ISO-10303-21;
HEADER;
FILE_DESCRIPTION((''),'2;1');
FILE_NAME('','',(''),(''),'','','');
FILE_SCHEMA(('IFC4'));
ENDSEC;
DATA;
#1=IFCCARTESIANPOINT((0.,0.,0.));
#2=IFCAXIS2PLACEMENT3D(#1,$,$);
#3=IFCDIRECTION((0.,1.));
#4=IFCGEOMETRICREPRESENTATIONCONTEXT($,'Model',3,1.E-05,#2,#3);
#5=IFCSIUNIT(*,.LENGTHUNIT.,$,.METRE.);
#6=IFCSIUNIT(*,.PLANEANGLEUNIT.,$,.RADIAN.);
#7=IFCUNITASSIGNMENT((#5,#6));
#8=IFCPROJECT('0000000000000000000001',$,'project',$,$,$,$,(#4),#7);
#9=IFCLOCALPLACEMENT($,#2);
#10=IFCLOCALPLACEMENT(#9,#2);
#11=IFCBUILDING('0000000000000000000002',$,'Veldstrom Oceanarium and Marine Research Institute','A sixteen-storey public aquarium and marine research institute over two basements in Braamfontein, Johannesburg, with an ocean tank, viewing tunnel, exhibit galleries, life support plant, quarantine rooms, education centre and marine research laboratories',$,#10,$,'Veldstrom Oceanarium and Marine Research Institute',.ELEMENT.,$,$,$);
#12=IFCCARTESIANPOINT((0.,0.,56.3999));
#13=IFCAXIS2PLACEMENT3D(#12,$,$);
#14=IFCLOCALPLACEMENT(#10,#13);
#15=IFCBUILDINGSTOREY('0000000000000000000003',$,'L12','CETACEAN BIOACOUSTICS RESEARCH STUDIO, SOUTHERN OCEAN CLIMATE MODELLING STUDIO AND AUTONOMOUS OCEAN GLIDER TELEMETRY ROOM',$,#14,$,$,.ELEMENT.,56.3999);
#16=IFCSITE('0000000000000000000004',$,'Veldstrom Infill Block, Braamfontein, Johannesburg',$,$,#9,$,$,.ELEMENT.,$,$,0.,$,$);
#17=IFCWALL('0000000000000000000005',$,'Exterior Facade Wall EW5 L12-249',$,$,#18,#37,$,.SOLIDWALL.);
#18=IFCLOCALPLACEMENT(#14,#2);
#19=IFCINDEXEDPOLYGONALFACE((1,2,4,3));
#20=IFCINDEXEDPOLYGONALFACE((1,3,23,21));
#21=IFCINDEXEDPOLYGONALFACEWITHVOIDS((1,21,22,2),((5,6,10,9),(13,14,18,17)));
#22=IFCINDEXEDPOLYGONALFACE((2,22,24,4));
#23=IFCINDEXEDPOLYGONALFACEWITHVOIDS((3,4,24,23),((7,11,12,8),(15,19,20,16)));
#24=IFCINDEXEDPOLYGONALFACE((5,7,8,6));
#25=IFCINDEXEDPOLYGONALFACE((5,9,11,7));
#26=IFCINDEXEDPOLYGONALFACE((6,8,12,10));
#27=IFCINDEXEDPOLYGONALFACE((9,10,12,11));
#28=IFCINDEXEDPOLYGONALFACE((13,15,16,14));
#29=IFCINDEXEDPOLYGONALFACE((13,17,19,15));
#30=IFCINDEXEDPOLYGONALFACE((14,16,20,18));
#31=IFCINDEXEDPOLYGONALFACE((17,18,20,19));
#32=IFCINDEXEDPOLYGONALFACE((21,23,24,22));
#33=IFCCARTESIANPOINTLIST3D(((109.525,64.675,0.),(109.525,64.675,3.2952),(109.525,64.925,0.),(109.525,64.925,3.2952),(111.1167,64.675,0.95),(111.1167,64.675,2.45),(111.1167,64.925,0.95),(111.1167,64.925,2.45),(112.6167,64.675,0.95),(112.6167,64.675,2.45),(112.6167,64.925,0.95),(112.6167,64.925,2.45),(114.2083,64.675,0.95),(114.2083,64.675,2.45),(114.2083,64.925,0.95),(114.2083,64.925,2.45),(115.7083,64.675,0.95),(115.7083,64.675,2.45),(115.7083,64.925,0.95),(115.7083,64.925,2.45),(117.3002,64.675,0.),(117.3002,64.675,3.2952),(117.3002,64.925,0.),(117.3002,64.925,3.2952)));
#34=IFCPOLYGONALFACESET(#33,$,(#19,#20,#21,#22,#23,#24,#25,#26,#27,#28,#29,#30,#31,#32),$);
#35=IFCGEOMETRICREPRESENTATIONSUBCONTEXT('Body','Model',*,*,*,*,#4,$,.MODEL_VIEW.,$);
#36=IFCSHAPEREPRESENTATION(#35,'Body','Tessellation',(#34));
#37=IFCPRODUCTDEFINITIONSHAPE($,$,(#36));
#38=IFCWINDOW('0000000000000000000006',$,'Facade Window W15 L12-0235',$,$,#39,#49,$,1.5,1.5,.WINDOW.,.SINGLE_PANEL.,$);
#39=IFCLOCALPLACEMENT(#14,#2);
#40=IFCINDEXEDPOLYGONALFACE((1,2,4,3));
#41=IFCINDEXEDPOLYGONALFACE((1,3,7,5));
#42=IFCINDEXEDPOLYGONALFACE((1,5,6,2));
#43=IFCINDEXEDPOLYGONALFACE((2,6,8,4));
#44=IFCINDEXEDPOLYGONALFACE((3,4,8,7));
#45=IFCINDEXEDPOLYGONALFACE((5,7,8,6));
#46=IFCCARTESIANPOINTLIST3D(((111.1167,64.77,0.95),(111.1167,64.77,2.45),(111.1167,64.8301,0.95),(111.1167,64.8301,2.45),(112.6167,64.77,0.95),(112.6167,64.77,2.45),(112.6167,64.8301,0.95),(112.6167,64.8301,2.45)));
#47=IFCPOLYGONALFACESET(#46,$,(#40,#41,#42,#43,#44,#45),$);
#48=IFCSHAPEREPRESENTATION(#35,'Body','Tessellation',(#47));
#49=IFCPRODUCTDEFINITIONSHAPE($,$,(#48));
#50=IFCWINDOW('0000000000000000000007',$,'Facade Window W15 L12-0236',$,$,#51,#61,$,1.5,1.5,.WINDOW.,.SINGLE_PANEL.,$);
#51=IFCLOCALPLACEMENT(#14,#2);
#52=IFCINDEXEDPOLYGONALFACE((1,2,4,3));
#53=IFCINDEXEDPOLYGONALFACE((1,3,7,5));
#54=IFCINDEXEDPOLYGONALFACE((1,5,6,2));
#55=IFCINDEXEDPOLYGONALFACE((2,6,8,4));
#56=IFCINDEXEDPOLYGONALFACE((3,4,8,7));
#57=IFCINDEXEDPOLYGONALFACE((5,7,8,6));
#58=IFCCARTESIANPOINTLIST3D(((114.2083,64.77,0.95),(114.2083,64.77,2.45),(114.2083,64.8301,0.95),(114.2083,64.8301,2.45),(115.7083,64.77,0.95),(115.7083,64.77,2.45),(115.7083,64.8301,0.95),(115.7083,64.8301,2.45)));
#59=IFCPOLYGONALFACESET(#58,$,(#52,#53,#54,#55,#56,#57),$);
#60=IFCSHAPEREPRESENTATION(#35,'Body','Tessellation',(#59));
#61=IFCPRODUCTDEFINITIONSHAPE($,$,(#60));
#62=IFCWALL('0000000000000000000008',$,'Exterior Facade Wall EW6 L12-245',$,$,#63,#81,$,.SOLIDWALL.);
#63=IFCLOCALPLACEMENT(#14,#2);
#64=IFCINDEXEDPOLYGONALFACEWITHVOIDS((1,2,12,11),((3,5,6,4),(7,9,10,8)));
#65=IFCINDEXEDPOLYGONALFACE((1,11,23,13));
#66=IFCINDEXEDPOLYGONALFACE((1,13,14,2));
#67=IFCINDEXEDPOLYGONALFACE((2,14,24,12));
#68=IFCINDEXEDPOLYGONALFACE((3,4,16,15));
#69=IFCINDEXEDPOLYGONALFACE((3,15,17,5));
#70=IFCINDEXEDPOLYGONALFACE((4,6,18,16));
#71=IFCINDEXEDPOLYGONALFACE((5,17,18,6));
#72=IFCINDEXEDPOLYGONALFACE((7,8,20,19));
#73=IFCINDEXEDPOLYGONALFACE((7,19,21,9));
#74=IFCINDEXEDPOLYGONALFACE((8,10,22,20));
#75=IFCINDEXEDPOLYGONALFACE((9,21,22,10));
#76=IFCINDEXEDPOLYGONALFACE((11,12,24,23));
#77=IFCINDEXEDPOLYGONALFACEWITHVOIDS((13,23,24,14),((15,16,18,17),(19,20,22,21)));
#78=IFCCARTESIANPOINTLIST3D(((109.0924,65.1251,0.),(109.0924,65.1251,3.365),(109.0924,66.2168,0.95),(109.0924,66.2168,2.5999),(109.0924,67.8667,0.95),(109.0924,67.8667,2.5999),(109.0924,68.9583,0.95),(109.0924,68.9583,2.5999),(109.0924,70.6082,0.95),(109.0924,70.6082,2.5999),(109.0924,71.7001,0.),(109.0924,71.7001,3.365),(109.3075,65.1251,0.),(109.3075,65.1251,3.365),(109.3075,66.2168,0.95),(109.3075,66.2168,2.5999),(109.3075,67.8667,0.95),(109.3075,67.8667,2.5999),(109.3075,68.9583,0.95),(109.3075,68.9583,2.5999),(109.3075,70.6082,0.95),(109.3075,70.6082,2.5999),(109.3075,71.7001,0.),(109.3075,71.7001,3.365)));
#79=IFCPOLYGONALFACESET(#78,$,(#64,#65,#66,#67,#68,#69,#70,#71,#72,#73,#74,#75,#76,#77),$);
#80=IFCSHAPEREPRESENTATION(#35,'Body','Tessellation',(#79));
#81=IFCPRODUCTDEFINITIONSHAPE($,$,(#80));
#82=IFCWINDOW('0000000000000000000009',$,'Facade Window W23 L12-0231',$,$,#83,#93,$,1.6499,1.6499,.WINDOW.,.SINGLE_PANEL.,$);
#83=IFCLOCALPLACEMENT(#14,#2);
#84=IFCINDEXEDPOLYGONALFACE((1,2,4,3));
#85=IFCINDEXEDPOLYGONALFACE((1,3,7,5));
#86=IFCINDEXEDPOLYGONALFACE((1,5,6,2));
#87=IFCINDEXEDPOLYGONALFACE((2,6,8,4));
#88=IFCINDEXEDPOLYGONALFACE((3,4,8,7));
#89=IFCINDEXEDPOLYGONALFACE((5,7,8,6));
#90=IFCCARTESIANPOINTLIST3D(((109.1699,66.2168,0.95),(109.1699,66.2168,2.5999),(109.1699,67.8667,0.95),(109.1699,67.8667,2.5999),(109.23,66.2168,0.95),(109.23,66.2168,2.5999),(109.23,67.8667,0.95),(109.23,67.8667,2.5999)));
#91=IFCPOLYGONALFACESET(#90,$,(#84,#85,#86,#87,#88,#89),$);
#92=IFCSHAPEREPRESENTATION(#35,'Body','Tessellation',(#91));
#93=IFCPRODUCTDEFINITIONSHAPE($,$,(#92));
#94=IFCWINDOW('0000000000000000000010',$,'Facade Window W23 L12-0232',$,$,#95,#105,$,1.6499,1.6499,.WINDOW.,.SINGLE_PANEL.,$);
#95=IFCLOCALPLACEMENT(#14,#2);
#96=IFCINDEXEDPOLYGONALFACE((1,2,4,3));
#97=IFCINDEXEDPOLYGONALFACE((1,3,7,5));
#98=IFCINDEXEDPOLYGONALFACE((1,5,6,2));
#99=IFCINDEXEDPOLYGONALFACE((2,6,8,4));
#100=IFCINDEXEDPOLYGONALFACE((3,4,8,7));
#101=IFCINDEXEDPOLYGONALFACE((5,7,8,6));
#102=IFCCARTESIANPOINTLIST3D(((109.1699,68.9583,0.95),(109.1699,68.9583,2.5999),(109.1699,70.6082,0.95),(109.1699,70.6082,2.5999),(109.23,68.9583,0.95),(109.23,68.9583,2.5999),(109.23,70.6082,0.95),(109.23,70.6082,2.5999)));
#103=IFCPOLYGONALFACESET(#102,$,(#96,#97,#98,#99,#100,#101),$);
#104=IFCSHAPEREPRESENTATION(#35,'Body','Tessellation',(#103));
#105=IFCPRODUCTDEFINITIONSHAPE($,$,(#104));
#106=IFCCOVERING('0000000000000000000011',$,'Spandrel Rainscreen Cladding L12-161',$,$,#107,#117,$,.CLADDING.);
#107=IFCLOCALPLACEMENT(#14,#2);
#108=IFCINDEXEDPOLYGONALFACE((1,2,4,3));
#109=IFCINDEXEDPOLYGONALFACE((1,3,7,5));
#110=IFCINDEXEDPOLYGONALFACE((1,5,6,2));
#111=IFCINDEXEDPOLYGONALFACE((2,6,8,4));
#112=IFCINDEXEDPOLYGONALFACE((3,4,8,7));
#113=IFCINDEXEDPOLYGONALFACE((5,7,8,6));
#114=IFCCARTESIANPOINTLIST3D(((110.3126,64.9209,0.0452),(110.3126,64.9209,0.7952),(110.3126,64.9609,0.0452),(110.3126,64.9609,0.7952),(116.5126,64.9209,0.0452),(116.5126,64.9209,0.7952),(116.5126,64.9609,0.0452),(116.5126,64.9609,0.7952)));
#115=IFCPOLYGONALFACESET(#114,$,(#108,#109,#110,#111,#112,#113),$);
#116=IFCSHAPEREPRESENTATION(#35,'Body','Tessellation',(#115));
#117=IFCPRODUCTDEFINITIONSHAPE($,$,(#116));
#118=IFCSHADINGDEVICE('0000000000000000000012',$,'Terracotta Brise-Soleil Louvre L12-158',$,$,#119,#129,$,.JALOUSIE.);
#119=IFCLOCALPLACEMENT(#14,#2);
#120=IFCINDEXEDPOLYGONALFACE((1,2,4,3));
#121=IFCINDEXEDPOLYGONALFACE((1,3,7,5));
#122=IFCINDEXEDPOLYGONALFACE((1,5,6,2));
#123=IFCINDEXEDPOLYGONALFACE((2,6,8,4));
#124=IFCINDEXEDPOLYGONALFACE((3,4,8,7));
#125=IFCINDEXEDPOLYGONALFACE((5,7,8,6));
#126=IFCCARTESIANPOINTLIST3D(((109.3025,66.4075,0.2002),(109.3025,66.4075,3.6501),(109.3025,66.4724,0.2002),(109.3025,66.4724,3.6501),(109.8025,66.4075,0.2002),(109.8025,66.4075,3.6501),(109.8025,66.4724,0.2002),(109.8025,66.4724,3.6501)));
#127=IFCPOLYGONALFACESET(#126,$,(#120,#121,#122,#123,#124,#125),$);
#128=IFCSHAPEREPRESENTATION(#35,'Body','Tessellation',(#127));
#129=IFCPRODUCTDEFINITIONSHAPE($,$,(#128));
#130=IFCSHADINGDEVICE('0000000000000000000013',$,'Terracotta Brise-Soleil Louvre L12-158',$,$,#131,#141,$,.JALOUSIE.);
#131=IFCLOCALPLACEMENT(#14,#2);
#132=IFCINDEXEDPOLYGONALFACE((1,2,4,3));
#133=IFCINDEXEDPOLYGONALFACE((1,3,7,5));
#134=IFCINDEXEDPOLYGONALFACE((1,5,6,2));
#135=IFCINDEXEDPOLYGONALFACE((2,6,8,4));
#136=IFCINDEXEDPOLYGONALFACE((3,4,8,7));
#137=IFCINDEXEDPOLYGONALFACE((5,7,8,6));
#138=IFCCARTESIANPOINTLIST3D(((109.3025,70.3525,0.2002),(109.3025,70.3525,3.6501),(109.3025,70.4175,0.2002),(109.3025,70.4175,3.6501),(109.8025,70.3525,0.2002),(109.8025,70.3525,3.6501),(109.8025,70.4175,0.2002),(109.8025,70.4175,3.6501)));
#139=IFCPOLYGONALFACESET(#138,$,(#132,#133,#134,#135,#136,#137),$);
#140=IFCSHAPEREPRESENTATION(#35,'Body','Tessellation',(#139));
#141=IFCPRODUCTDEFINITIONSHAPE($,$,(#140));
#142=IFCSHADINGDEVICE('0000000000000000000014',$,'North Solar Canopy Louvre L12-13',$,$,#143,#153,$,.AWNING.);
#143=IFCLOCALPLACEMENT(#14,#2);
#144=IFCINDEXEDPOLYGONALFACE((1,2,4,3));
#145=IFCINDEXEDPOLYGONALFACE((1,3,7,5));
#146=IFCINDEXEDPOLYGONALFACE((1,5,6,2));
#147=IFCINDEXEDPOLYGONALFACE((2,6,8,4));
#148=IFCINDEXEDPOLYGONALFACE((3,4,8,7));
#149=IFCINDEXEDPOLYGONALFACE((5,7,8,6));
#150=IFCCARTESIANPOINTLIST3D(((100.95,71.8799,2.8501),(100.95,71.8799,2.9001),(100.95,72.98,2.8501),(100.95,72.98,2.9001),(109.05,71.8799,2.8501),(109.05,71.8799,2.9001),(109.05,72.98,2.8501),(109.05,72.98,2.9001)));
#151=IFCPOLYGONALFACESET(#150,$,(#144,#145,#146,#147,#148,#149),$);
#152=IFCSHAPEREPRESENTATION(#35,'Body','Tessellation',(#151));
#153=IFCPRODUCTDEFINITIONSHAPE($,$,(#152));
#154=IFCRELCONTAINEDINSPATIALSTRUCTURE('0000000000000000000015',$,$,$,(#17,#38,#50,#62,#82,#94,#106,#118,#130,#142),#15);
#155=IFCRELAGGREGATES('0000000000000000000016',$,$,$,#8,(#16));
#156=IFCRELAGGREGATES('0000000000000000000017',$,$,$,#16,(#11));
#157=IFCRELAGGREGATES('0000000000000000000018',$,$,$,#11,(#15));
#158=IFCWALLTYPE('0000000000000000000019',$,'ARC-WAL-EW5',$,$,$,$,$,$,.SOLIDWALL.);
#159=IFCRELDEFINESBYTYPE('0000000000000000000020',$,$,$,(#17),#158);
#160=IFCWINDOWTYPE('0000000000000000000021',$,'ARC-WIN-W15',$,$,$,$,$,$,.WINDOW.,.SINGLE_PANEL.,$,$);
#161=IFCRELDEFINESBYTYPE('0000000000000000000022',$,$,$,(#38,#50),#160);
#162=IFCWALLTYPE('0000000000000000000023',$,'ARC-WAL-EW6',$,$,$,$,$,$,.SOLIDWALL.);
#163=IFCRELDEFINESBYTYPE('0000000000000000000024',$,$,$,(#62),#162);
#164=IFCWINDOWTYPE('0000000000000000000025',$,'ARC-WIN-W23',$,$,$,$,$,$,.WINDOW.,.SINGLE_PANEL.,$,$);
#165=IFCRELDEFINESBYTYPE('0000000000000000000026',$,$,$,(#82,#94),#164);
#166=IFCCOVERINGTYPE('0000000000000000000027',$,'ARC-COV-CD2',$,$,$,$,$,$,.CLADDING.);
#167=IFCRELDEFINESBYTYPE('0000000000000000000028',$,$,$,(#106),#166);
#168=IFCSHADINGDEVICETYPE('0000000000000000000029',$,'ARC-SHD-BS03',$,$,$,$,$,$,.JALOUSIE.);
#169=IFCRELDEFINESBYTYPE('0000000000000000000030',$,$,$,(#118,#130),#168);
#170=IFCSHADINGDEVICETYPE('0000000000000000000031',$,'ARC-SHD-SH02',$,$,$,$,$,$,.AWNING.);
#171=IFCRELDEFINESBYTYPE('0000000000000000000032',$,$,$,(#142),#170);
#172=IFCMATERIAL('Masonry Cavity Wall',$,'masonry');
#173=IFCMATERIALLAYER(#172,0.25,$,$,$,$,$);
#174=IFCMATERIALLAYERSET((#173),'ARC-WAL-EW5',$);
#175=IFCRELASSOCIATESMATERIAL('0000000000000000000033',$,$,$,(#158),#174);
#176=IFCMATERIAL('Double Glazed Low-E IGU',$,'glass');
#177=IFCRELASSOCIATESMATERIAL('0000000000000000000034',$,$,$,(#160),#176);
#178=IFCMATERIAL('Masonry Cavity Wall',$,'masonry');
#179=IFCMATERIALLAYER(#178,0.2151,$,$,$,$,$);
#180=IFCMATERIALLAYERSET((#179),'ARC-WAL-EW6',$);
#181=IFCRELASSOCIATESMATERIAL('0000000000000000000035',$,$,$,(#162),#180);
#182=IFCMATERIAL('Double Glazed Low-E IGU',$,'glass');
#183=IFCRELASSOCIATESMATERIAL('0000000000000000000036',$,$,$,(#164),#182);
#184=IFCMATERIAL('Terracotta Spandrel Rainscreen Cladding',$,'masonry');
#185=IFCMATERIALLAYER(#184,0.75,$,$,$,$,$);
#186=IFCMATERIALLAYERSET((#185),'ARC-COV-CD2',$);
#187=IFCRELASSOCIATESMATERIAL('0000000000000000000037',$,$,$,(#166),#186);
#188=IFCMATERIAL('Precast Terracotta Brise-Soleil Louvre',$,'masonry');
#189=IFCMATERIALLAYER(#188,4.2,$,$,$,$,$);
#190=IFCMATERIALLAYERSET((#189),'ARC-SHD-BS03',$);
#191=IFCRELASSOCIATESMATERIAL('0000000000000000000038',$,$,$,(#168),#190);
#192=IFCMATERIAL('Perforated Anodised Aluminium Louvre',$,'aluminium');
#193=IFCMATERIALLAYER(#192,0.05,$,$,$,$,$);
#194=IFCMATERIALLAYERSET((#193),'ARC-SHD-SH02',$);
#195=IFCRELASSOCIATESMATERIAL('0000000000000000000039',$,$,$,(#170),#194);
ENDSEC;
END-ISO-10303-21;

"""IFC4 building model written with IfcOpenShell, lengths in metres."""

from ifc_helpers import new_model, si_unit, direction, frame, frame_2d, origin, origin_2d, place, context, subcontext, project, spatial, rectangle, extrude, material, layer, layer_set, type_object, element, fill, save


model = new_model("IFC4")

# Units and contexts
model_context = context("Model", 3, precision=1e-05, world=origin(), true_north=direction((0.0, 1.0)))
body_context = subcontext(model_context, "Body", "Model", "MODEL_VIEW")
ifc_project = project(units=[si_unit("LENGTHUNIT", "METRE"), si_unit("PLANEANGLEUNIT", "RADIAN")], contexts=[model_context])

# Site, building, storey
site_placement = place(None, origin())
site = spatial("IfcSite", under=ifc_project, at=site_placement, Name="Veldstrom Infill Block, Braamfontein, Johannesburg", CompositionType="ELEMENT", RefElevation=0.0)
building_placement = place(site_placement, origin())
building = spatial("IfcBuilding", under=site, at=building_placement, Name="Veldstrom Oceanarium and Marine Research Institute", Description="A sixteen-storey public aquarium and marine research institute over two basements in Braamfontein, Johannesburg, with an ocean tank, viewing tunnel, exhibit galleries, life support plant, quarantine rooms, education centre and marine research laboratories", LongName="Veldstrom Oceanarium and Marine Research Institute", CompositionType="ELEMENT")
storey_placement = place(building_placement, frame((0.0, 0.0, 56.3999)))
storey = spatial("IfcBuildingStorey", under=building, at=storey_placement, Name="L12", Description="CETACEAN BIOACOUSTICS RESEARCH STUDIO, SOUTHERN OCEAN CLIMATE MODELLING STUDIO AND AUTONOMOUS OCEAN GLIDER TELEMETRY ROOM", CompositionType="ELEMENT", Elevation=56.3999)

# Walls, openings, windows
ifc_material_1 = material(Name="Masonry Cavity Wall", Category="masonry")
ifc_layer_1 = layer(ifc_material_1, 0.25)
ifc_layer_set_1 = layer_set([ifc_layer_1], Name="ARC-WAL-EW5")
wall_type_1 = type_object("IfcWallType", Name="ARC-WAL-EW5", PredefinedType="SOLIDWALL", material=ifc_layer_set_1)
wall_1_placement = place(storey_placement, frame((109.5249, 64.8, 0.0), z_axis=(0.0, 0.0, 1.0), x_axis=(1.0, 0.0, 0.0)))
wall_1 = element("IfcWall", 1, at=wall_1_placement, inside=storey, type_object=wall_type_1, Name="Exterior Facade Wall EW5 L12-249", PredefinedType="SOLIDWALL", context=body_context, shape_type="SweptSolid", body=[
    extrude(rectangle(XDim=7.7751, YDim=0.25, at=frame_2d((3.8877, 0.0))), origin(), (0.0, 0.0, 1.0), 3.2952),
])
opening_1_placement = place(wall_1_placement, frame((1.5918, 0.0, 0.95)))
opening_1 = element("IfcOpeningElement", 2, at=opening_1_placement, cuts=wall_1, PredefinedType="OPENING", context=body_context, shape_type="SweptSolid", body=[
    extrude(rectangle(XDim=1.5, YDim=1.5, at=frame_2d((0.75, 0.75))), frame((0.0, 0.135, 0.0), z_axis=(0.0, -1.0, 0.0), x_axis=(1.0, 0.0, 0.0)), (0.0, 0.0, 1.0), 0.27),
])
opening_2_placement = place(wall_1_placement, frame((4.6833, 0.0, 0.95)))
opening_2 = element("IfcOpeningElement", 3, at=opening_2_placement, cuts=wall_1, PredefinedType="OPENING", context=body_context, shape_type="SweptSolid", body=[
    extrude(rectangle(XDim=1.5, YDim=1.5, at=frame_2d((0.75, 0.75))), frame((0.0, 0.135, 0.0), z_axis=(0.0, -1.0, 0.0), x_axis=(1.0, 0.0, 0.0)), (0.0, 0.0, 1.0), 0.27),
])
ifc_material_2 = material(Name="Double Glazed Low-E IGU", Category="glass")
window_type_1 = type_object("IfcWindowType", Name="ARC-WIN-W15", PartitioningType="SINGLE_PANEL", PredefinedType="WINDOW", material=ifc_material_2)
window_1_placement = place(opening_1_placement, origin())
window_1 = element("IfcWindow", 4, at=window_1_placement, inside=storey, type_object=window_type_1, Name="Facade Window W15 L12-0235", OverallHeight=1.5, OverallWidth=1.5, PartitioningType="SINGLE_PANEL", PredefinedType="WINDOW", context=body_context, shape_type="SweptSolid", body=[
    extrude(rectangle(XDim=1.5, YDim=1.5, at=frame_2d((0.75, 0.75))), frame((0.0, 0.03, 0.0), z_axis=(0.0, -1.0, 0.0), x_axis=(1.0, 0.0, 0.0)), (0.0, 0.0, 1.0), 0.0601),
])
fill(opening_1, window_1)
window_2_placement = place(opening_2_placement, origin())
window_2 = element("IfcWindow", 5, at=window_2_placement, inside=storey, type_object=window_type_1, Name="Facade Window W15 L12-0236", OverallHeight=1.5, OverallWidth=1.5, PartitioningType="SINGLE_PANEL", PredefinedType="WINDOW", context=body_context, shape_type="SweptSolid", body=[
    extrude(rectangle(XDim=1.5, YDim=1.5, at=frame_2d((0.75, 0.75))), frame((0.0, 0.03, 0.0), z_axis=(0.0, -1.0, 0.0), x_axis=(1.0, 0.0, 0.0)), (0.0, 0.0, 1.0), 0.0601),
])
fill(opening_2, window_2)
ifc_material_3 = material(Name="Masonry Cavity Wall", Category="masonry")
ifc_layer_2 = layer(ifc_material_3, 0.2151)
ifc_layer_set_2 = layer_set([ifc_layer_2], Name="ARC-WAL-EW6")
wall_type_2 = type_object("IfcWallType", Name="ARC-WAL-EW6", PredefinedType="SOLIDWALL", material=ifc_layer_set_2)
wall_2_placement = place(storey_placement, frame((109.2, 65.125, 0.0), z_axis=(0.0, 0.0, 1.0), x_axis=(0.0, 1.0, 0.0)))
wall_2 = element("IfcWall", 6, at=wall_2_placement, inside=storey, type_object=wall_type_2, Name="Exterior Facade Wall EW6 L12-245", PredefinedType="SOLIDWALL", context=body_context, shape_type="SweptSolid", body=[
    extrude(rectangle(XDim=6.575, YDim=0.2151, at=frame_2d((3.2876, 0.0))), origin(), (0.0, 0.0, 1.0), 3.365),
])
opening_3_placement = place(wall_2_placement, frame((1.0918, 0.0, 0.95)))
opening_3 = element("IfcOpeningElement", 7, at=opening_3_placement, cuts=wall_2, PredefinedType="OPENING", context=body_context, shape_type="SweptSolid", body=[
    extrude(rectangle(XDim=1.6499, YDim=1.6499, at=frame_2d((0.825, 0.825))), frame((0.0, 0.1174, 0.0), z_axis=(0.0, -1.0, 0.0), x_axis=(1.0, 0.0, 0.0)), (0.0, 0.0, 1.0), 0.2351),
])
opening_4_placement = place(wall_2_placement, frame((3.8333, 0.0, 0.95)))
opening_4 = element("IfcOpeningElement", 8, at=opening_4_placement, cuts=wall_2, PredefinedType="OPENING", context=body_context, shape_type="SweptSolid", body=[
    extrude(rectangle(XDim=1.6499, YDim=1.6499, at=frame_2d((0.825, 0.825))), frame((0.0, 0.1174, 0.0), z_axis=(0.0, -1.0, 0.0), x_axis=(1.0, 0.0, 0.0)), (0.0, 0.0, 1.0), 0.2351),
])
ifc_material_4 = material(Name="Double Glazed Low-E IGU", Category="glass")
window_type_2 = type_object("IfcWindowType", Name="ARC-WIN-W23", PartitioningType="SINGLE_PANEL", PredefinedType="WINDOW", material=ifc_material_4)
window_3_placement = place(opening_3_placement, origin())
window_3 = element("IfcWindow", 9, at=window_3_placement, inside=storey, type_object=window_type_2, Name="Facade Window W23 L12-0231", OverallHeight=1.6499, OverallWidth=1.6499, PartitioningType="SINGLE_PANEL", PredefinedType="WINDOW", context=body_context, shape_type="SweptSolid", body=[
    extrude(rectangle(XDim=1.6499, YDim=1.6499, at=frame_2d((0.825, 0.825))), frame((0.0, 0.03, 0.0), z_axis=(0.0, -1.0, 0.0), x_axis=(1.0, 0.0, 0.0)), (0.0, 0.0, 1.0), 0.0601),
])
fill(opening_3, window_3)
window_4_placement = place(opening_4_placement, origin())
window_4 = element("IfcWindow", 10, at=window_4_placement, inside=storey, type_object=window_type_2, Name="Facade Window W23 L12-0232", OverallHeight=1.6499, OverallWidth=1.6499, PartitioningType="SINGLE_PANEL", PredefinedType="WINDOW", context=body_context, shape_type="SweptSolid", body=[
    extrude(rectangle(XDim=1.6499, YDim=1.6499, at=frame_2d((0.825, 0.825))), frame((0.0, 0.03, 0.0), z_axis=(0.0, -1.0, 0.0), x_axis=(1.0, 0.0, 0.0)), (0.0, 0.0, 1.0), 0.0601),
])
fill(opening_4, window_4)

# Covering
ifc_material_5 = material(Name="Terracotta Spandrel Rainscreen Cladding", Category="masonry")
ifc_layer_3 = layer(ifc_material_5, 0.75)
ifc_layer_set_3 = layer_set([ifc_layer_3], Name="ARC-COV-CD2")
covering_type = type_object("IfcCoveringType", Name="ARC-COV-CD2", PredefinedType="CLADDING", material=ifc_layer_set_3)
covering_placement = place(storey_placement, frame((113.4126, 64.9409, 0.0452), z_axis=(0.0, 0.0, 1.0), x_axis=(1.0, 0.0, 0.0)))
element("IfcCovering", 11, at=covering_placement, inside=storey, type_object=covering_type, Name="Spandrel Rainscreen Cladding L12-161", PredefinedType="CLADDING", context=body_context, shape_type="SweptSolid", body=[
    extrude(rectangle(XDim=6.2, YDim=0.04, at=origin_2d()), origin(), (0.0, 0.0, 1.0), 0.75),
])

# Shading devices
ifc_material_6 = material(Name="Precast Terracotta Brise-Soleil Louvre", Category="masonry")
ifc_layer_4 = layer(ifc_material_6, 4.2)
ifc_layer_set_4 = layer_set([ifc_layer_4], Name="ARC-SHD-BS03")
shading_device_type_1 = type_object("IfcShadingDeviceType", Name="ARC-SHD-BS03", PredefinedType="JALOUSIE", material=ifc_layer_set_4)
for number, where, z_axis, x_axis, name in (
    (12, (109.5525, 66.4399, 0.2002), (0.0, 0.0, 1.0), (1.0, 0.0, 0.0), "Terracotta Brise-Soleil Louvre L12-158"),
    (13, (109.5525, 70.385, 0.2002), (0.0, 0.0, 1.0), (1.0, 0.0, 0.0), "Terracotta Brise-Soleil Louvre L12-158"),
):
    element("IfcShadingDevice", number, at=place(storey_placement, frame(where, z_axis=z_axis, x_axis=x_axis)), inside=storey, type_object=shading_device_type_1, Name=name, PredefinedType="JALOUSIE", context=body_context, shape_type="SweptSolid", body=[
        extrude(rectangle(XDim=0.5, YDim=0.0649, at=origin_2d()), origin(), (0.0, 0.0, 1.0), 3.45),
    ])
ifc_material_7 = material(Name="Perforated Anodised Aluminium Louvre", Category="aluminium")
ifc_layer_5 = layer(ifc_material_7, 0.05)
ifc_layer_set_5 = layer_set([ifc_layer_5], Name="ARC-SHD-SH02")
shading_device_type_2 = type_object("IfcShadingDeviceType", Name="ARC-SHD-SH02", PredefinedType="AWNING", material=ifc_layer_set_5)
shading_device_placement = place(storey_placement, frame((105.0, 72.4299, 2.8501), z_axis=(0.0, 0.0, 1.0), x_axis=(1.0, 0.0, 0.0)))
element("IfcShadingDevice", 14, at=shading_device_placement, inside=storey, type_object=shading_device_type_2, Name="North Solar Canopy Louvre L12-13", PredefinedType="AWNING", context=body_context, shape_type="SweptSolid", body=[
    extrude(rectangle(XDim=8.1001, YDim=1.1001, at=origin_2d()), origin(), (0.0, 0.0, 1.0), 0.05),
])

save(model, "model.ifc")
